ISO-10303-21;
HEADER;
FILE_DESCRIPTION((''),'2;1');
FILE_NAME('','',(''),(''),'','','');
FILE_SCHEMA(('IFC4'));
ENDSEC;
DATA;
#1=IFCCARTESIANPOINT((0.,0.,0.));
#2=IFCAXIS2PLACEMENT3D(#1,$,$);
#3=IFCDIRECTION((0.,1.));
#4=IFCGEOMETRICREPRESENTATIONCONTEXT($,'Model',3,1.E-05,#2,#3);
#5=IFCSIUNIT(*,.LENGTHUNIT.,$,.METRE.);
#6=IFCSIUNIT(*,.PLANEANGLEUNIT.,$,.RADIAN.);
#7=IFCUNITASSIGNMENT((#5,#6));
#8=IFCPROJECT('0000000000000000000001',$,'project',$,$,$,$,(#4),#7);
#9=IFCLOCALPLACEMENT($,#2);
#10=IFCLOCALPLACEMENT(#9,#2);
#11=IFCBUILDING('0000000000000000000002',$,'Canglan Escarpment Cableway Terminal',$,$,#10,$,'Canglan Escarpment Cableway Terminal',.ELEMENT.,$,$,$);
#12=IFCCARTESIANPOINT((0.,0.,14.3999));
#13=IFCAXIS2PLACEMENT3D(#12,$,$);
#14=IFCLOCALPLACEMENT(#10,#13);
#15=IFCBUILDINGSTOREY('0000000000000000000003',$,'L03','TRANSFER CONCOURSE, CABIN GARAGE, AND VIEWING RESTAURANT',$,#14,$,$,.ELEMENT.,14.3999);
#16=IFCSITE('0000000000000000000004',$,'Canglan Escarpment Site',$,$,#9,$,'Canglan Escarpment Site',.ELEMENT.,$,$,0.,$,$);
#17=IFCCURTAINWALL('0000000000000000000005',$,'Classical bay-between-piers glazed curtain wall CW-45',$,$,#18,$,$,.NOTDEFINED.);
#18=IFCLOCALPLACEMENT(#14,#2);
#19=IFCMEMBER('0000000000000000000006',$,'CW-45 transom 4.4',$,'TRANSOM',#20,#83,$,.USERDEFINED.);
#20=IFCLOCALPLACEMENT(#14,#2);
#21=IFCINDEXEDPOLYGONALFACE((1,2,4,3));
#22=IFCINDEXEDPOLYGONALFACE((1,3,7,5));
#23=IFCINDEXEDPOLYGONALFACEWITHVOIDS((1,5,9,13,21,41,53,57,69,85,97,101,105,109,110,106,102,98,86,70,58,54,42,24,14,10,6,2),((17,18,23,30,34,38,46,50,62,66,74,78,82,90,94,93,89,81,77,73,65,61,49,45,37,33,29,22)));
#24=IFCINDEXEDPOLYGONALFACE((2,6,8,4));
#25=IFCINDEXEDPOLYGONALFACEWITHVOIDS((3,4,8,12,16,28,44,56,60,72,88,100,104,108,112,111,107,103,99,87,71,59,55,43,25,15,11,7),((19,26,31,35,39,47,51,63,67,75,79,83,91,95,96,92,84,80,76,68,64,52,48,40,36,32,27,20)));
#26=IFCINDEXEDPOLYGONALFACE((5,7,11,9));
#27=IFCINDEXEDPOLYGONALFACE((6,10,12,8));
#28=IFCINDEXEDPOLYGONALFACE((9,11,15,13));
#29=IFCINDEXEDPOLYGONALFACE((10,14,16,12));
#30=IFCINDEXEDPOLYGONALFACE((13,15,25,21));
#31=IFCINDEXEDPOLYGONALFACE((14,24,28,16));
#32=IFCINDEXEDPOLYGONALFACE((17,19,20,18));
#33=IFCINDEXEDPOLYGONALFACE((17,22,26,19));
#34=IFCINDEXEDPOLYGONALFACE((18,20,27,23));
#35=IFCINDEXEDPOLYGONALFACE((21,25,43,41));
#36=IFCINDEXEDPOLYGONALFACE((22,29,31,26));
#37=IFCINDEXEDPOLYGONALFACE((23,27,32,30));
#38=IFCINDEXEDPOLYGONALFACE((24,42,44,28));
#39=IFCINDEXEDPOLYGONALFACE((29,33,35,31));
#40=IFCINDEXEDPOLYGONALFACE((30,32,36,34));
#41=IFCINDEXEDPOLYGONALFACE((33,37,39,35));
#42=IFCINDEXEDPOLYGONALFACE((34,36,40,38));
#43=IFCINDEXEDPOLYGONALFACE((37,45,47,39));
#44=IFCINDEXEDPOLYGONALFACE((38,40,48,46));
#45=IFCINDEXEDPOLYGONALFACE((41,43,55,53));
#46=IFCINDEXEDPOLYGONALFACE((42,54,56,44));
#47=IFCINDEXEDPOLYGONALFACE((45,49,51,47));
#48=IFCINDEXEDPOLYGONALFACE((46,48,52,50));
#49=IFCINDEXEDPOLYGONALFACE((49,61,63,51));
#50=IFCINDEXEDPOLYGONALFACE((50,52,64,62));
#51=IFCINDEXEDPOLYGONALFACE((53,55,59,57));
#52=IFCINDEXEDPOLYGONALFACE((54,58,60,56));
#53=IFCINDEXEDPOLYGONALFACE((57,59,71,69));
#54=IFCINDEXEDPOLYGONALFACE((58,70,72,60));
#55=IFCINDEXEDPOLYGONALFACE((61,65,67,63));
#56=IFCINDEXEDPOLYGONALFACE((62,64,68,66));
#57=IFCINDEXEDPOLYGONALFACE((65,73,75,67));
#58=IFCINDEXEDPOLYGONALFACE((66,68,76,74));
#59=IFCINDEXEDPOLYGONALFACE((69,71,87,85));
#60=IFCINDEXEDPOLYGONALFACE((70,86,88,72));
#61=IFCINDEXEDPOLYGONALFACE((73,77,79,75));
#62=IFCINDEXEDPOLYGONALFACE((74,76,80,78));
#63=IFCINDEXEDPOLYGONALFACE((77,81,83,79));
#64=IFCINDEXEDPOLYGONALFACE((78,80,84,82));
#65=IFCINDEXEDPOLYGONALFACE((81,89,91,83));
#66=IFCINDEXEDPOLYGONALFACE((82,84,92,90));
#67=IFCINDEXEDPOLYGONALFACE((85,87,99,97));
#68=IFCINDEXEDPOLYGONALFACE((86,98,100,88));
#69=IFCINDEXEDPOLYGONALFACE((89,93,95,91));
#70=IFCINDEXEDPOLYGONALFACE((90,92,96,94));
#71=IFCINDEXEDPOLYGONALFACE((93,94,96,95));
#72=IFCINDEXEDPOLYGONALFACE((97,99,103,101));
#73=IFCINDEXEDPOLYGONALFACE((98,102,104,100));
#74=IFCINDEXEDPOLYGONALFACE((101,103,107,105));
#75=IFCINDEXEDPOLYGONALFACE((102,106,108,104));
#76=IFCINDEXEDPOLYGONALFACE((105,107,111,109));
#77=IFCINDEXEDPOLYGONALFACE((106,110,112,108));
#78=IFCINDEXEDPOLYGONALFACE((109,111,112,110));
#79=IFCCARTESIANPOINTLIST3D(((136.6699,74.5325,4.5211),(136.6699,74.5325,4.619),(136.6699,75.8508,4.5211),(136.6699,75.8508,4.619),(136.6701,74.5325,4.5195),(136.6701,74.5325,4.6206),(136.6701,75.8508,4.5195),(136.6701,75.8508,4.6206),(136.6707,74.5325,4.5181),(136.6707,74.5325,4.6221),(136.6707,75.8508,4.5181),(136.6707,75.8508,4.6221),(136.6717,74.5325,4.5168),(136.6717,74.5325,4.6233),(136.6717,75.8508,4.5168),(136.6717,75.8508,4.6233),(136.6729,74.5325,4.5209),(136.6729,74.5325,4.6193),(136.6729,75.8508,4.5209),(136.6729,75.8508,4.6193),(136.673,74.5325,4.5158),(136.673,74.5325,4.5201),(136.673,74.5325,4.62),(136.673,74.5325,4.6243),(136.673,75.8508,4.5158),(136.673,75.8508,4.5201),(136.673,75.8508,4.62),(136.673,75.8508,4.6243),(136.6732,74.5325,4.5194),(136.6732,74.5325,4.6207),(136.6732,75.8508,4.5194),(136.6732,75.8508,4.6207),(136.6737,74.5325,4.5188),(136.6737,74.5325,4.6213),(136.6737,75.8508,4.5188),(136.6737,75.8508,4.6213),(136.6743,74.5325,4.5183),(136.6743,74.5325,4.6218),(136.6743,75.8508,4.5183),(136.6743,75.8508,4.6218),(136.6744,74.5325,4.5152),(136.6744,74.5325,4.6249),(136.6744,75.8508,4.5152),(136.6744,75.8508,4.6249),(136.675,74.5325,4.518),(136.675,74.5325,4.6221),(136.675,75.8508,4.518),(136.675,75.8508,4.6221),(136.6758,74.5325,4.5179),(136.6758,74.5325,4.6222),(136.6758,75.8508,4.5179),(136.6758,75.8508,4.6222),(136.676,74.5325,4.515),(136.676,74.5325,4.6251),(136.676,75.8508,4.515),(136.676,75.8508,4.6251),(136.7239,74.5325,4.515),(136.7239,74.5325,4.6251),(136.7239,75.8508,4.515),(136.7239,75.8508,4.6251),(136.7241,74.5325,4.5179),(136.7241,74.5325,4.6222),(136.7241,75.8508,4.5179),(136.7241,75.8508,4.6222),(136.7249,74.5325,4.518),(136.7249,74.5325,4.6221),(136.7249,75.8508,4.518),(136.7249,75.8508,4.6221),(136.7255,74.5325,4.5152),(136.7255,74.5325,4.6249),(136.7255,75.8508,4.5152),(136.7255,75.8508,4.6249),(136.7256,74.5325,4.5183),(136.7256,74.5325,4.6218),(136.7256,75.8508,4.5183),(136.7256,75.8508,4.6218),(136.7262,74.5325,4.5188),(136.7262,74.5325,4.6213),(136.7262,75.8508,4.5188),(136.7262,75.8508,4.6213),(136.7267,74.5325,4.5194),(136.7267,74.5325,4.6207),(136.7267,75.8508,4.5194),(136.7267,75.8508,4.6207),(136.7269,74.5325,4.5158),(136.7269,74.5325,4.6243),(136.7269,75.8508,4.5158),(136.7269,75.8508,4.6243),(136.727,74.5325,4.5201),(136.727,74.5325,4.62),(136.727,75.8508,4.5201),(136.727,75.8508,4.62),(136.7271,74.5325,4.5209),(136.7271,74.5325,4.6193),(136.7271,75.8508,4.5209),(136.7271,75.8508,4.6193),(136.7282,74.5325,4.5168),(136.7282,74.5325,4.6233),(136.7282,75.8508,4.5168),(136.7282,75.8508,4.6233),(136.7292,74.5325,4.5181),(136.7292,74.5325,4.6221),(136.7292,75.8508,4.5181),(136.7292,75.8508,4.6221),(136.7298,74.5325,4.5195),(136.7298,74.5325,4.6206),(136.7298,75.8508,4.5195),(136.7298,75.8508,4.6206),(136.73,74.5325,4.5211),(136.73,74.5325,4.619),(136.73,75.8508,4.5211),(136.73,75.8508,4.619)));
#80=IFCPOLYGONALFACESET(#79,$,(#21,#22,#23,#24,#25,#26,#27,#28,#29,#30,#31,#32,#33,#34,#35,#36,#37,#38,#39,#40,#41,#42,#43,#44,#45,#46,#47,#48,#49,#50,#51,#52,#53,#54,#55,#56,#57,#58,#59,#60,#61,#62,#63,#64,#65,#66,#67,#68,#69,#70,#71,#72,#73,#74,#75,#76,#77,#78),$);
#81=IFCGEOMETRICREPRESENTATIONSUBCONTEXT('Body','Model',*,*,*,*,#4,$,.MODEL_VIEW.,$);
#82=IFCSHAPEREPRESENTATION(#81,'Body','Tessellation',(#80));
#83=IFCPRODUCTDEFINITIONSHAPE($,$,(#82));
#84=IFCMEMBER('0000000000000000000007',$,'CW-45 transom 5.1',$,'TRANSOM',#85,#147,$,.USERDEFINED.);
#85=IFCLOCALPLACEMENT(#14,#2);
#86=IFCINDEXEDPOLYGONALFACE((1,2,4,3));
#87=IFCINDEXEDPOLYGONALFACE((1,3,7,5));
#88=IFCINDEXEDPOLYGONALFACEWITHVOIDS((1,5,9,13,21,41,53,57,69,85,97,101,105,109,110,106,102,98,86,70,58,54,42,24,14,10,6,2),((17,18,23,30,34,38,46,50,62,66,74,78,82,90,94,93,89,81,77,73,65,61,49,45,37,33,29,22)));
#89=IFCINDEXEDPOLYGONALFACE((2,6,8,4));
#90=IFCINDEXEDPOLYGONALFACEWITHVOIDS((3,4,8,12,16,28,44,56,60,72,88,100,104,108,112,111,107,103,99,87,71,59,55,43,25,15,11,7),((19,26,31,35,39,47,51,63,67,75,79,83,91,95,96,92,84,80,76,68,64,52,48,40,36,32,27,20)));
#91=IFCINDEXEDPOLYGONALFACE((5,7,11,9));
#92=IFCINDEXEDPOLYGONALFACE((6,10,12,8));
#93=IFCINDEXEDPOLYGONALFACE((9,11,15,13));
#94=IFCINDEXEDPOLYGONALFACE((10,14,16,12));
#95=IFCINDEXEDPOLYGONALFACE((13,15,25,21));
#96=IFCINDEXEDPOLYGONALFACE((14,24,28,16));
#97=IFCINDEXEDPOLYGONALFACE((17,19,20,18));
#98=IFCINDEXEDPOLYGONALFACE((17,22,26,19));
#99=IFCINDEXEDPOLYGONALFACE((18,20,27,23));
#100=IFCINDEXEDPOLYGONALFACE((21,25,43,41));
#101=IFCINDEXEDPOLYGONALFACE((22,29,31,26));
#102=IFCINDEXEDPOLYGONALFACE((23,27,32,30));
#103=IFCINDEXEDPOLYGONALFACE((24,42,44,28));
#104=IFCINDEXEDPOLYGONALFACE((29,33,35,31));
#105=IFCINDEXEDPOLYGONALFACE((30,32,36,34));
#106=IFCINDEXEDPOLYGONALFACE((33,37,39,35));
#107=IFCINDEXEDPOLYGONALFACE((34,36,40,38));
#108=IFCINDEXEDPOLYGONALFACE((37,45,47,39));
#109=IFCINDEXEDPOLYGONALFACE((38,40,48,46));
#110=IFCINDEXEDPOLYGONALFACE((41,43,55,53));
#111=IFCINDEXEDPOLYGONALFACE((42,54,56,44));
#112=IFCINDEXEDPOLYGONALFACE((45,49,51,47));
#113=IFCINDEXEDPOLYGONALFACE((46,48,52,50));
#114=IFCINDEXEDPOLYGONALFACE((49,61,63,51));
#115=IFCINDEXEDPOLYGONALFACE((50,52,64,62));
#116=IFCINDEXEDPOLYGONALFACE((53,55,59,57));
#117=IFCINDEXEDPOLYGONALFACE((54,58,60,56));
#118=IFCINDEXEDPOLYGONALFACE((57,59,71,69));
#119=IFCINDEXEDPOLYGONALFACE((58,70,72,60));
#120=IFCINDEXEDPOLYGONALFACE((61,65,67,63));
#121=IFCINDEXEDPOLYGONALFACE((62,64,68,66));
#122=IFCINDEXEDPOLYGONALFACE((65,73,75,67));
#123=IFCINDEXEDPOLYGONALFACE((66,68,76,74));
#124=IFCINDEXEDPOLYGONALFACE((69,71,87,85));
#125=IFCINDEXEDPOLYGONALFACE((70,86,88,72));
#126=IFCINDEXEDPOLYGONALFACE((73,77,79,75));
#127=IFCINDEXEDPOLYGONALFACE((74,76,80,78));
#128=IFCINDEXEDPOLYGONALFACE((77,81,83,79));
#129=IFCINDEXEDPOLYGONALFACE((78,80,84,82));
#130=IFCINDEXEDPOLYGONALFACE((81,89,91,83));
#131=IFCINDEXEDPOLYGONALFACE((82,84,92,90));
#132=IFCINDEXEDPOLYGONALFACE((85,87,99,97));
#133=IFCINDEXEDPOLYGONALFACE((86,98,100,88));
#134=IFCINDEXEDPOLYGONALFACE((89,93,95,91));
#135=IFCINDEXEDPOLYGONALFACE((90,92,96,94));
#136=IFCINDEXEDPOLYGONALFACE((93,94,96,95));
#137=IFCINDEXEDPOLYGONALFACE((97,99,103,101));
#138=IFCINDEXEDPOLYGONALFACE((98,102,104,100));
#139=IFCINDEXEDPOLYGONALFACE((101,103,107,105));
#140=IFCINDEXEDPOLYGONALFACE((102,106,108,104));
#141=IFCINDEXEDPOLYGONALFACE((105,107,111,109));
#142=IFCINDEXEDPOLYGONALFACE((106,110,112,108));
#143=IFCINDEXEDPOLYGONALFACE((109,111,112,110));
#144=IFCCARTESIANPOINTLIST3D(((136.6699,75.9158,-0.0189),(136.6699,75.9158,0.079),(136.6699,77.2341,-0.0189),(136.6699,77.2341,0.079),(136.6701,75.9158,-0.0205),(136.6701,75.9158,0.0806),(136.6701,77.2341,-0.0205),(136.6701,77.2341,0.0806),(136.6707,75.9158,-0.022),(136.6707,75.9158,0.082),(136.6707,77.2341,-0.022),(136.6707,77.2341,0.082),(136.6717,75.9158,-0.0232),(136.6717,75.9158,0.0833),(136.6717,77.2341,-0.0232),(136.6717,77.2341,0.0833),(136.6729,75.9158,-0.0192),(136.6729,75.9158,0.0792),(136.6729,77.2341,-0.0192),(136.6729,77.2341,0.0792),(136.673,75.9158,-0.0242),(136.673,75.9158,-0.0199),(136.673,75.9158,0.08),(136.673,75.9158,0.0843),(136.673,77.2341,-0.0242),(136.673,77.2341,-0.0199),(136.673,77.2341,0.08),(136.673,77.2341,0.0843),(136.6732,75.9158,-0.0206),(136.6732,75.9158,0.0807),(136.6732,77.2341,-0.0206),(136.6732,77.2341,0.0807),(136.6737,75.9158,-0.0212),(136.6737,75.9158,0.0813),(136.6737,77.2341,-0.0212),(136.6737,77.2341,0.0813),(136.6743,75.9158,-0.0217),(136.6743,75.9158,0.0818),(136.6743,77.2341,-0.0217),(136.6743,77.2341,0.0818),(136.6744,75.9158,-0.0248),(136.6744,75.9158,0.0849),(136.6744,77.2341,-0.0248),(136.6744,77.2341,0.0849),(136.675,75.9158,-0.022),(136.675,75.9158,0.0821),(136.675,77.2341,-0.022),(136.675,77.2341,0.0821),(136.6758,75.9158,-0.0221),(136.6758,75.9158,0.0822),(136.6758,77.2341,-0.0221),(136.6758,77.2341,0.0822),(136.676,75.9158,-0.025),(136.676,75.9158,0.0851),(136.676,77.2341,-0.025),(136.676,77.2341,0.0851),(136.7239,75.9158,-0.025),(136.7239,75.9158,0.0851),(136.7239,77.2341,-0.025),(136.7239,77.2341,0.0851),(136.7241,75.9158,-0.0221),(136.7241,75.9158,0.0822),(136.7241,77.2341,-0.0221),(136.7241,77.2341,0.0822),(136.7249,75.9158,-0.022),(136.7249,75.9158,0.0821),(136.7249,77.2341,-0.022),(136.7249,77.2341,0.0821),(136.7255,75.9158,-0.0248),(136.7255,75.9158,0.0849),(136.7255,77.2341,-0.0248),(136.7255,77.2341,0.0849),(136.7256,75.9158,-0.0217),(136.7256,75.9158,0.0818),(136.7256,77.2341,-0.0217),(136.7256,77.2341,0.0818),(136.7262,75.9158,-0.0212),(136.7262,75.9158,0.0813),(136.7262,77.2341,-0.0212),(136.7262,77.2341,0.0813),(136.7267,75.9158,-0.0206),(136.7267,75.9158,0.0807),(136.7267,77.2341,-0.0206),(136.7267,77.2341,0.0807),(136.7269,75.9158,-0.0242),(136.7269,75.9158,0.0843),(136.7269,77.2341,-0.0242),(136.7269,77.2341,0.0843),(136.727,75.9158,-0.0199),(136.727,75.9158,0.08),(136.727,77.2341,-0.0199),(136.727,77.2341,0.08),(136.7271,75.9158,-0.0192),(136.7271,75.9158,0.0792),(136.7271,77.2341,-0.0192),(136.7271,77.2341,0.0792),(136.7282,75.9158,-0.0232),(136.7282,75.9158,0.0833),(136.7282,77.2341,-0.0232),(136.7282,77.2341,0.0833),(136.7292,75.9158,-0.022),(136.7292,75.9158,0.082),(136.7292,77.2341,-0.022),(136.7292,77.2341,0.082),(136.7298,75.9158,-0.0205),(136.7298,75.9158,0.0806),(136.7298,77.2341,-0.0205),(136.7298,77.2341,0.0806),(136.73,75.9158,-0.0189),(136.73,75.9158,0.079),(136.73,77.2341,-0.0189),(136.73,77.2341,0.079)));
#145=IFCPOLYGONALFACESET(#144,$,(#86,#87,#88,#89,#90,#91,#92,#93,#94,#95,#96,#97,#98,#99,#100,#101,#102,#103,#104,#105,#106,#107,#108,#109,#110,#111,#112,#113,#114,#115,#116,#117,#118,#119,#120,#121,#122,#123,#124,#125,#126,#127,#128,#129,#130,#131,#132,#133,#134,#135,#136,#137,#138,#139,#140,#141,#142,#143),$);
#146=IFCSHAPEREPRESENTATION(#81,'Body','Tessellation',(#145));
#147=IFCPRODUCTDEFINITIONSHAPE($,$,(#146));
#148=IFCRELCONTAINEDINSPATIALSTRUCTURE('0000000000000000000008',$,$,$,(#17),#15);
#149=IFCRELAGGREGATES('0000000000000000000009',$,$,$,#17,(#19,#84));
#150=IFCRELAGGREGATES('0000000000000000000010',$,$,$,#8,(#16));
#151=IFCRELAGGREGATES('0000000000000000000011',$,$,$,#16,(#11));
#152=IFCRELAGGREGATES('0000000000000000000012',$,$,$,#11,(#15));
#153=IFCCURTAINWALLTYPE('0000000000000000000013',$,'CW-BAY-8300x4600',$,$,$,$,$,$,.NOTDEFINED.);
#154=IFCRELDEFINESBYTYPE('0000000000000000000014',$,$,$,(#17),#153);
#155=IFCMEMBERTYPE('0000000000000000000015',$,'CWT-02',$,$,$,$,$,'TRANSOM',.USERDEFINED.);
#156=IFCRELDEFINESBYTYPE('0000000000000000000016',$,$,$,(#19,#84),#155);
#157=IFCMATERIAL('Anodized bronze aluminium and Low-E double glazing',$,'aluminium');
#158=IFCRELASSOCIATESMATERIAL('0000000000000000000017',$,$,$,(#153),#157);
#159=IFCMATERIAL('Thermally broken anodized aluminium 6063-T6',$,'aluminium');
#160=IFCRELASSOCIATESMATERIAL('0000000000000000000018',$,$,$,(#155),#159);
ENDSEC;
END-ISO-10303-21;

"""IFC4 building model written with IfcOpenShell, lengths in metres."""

from ifc_helpers import new_model, si_unit, direction, frame, origin, origin_2d, place, context, subcontext, project, spatial, hollow_rectangle, extrude, material, material_profile, profile_set, type_object, element, aggregate, save


model = new_model("IFC4")

# Units and contexts
model_context = context("Model", 3, precision=1e-05, world=origin(), true_north=direction((0.0, 1.0)))
body_context = subcontext(model_context, "Body", "Model", "MODEL_VIEW")
ifc_project = project(units=[si_unit("LENGTHUNIT", "METRE"), si_unit("PLANEANGLEUNIT", "RADIAN")], contexts=[model_context])

# Site, building, storey
site_placement = place(None, origin())
site = spatial("IfcSite", under=ifc_project, at=site_placement, Name="Canglan Escarpment Site", LongName="Canglan Escarpment Site", CompositionType="ELEMENT", RefElevation=0.0)
building_placement = place(site_placement, origin())
building = spatial("IfcBuilding", under=site, at=building_placement, Name="Canglan Escarpment Cableway Terminal", LongName="Canglan Escarpment Cableway Terminal", CompositionType="ELEMENT")
storey_placement = place(building_placement, frame((0.0, 0.0, 14.3999)))
storey = spatial("IfcBuildingStorey", under=building, at=storey_placement, Name="L03", Description="TRANSFER CONCOURSE, CABIN GARAGE, AND VIEWING RESTAURANT", CompositionType="ELEMENT", Elevation=14.3999)

# Curtain wall, members
ifc_material_1 = material(Name="Anodized bronze aluminium and Low-E double glazing", Category="aluminium")
curtain_wall_type = type_object("IfcCurtainWallType", Name="CW-BAY-8300x4600", PredefinedType="NOTDEFINED", material=ifc_material_1)
curtain_wall_placement = place(storey_placement, origin())
curtain_wall = element("IfcCurtainWall", 1, at=curtain_wall_placement, inside=storey, type_object=curtain_wall_type, Name="Classical bay-between-piers glazed curtain wall CW-45", PredefinedType="NOTDEFINED")
ifc_material_2 = material(Name="Thermally broken anodized aluminium 6063-T6", Category="aluminium")
ifc_material_profile_1 = material_profile(ifc_material_2, hollow_rectangle(XDim=0.0601, YDim=0.1101, WallThickness=0.0029, InnerFilletRadius=0.0029, OuterFilletRadius=0.0061, at=origin_2d()), Name="ALU-TRAN 60x110x3")
ifc_profile_set_1 = profile_set([ifc_material_profile_1], Name="Thermally broken anodized aluminium 6063-T6")
member_type_1 = type_object("IfcMemberType", Name="CWT-02", ElementType="TRANSOM", PredefinedType="USERDEFINED", material=ifc_profile_set_1)
member_1_placement = place(storey_placement, frame((136.7, 74.5325, 4.5701), z_axis=(0.0, 1.0, 0.0), x_axis=(-1.0, 0.0, 0.0)))
member_1 = element("IfcMember", 2, at=member_1_placement, type_object=member_type_1, Name="CW-45 transom 4.4", ObjectType="TRANSOM", PredefinedType="USERDEFINED", context=body_context, shape_type="SweptSolid", body=[
    extrude(hollow_rectangle(XDim=0.0601, YDim=0.1101, WallThickness=0.0029, InnerFilletRadius=0.0029, OuterFilletRadius=0.0061, at=origin_2d()), origin(), (0.0, 0.0, 1.0), 1.3184),
])
member_2_placement = place(storey_placement, frame((136.7, 75.9158, 0.03), z_axis=(0.0, 1.0, 0.0), x_axis=(-1.0, 0.0, 0.0)))
member_2 = element("IfcMember", 3, at=member_2_placement, type_object=member_type_1, Name="CW-45 transom 5.1", ObjectType="TRANSOM", PredefinedType="USERDEFINED", context=body_context, shape_type="SweptSolid", body=[
    extrude(hollow_rectangle(XDim=0.0601, YDim=0.1101, WallThickness=0.0029, InnerFilletRadius=0.0029, OuterFilletRadius=0.0061, at=origin_2d()), origin(), (0.0, 0.0, 1.0), 1.3184),
])
aggregate(curtain_wall, [member_1, member_2])

save(model, "model.ifc")
